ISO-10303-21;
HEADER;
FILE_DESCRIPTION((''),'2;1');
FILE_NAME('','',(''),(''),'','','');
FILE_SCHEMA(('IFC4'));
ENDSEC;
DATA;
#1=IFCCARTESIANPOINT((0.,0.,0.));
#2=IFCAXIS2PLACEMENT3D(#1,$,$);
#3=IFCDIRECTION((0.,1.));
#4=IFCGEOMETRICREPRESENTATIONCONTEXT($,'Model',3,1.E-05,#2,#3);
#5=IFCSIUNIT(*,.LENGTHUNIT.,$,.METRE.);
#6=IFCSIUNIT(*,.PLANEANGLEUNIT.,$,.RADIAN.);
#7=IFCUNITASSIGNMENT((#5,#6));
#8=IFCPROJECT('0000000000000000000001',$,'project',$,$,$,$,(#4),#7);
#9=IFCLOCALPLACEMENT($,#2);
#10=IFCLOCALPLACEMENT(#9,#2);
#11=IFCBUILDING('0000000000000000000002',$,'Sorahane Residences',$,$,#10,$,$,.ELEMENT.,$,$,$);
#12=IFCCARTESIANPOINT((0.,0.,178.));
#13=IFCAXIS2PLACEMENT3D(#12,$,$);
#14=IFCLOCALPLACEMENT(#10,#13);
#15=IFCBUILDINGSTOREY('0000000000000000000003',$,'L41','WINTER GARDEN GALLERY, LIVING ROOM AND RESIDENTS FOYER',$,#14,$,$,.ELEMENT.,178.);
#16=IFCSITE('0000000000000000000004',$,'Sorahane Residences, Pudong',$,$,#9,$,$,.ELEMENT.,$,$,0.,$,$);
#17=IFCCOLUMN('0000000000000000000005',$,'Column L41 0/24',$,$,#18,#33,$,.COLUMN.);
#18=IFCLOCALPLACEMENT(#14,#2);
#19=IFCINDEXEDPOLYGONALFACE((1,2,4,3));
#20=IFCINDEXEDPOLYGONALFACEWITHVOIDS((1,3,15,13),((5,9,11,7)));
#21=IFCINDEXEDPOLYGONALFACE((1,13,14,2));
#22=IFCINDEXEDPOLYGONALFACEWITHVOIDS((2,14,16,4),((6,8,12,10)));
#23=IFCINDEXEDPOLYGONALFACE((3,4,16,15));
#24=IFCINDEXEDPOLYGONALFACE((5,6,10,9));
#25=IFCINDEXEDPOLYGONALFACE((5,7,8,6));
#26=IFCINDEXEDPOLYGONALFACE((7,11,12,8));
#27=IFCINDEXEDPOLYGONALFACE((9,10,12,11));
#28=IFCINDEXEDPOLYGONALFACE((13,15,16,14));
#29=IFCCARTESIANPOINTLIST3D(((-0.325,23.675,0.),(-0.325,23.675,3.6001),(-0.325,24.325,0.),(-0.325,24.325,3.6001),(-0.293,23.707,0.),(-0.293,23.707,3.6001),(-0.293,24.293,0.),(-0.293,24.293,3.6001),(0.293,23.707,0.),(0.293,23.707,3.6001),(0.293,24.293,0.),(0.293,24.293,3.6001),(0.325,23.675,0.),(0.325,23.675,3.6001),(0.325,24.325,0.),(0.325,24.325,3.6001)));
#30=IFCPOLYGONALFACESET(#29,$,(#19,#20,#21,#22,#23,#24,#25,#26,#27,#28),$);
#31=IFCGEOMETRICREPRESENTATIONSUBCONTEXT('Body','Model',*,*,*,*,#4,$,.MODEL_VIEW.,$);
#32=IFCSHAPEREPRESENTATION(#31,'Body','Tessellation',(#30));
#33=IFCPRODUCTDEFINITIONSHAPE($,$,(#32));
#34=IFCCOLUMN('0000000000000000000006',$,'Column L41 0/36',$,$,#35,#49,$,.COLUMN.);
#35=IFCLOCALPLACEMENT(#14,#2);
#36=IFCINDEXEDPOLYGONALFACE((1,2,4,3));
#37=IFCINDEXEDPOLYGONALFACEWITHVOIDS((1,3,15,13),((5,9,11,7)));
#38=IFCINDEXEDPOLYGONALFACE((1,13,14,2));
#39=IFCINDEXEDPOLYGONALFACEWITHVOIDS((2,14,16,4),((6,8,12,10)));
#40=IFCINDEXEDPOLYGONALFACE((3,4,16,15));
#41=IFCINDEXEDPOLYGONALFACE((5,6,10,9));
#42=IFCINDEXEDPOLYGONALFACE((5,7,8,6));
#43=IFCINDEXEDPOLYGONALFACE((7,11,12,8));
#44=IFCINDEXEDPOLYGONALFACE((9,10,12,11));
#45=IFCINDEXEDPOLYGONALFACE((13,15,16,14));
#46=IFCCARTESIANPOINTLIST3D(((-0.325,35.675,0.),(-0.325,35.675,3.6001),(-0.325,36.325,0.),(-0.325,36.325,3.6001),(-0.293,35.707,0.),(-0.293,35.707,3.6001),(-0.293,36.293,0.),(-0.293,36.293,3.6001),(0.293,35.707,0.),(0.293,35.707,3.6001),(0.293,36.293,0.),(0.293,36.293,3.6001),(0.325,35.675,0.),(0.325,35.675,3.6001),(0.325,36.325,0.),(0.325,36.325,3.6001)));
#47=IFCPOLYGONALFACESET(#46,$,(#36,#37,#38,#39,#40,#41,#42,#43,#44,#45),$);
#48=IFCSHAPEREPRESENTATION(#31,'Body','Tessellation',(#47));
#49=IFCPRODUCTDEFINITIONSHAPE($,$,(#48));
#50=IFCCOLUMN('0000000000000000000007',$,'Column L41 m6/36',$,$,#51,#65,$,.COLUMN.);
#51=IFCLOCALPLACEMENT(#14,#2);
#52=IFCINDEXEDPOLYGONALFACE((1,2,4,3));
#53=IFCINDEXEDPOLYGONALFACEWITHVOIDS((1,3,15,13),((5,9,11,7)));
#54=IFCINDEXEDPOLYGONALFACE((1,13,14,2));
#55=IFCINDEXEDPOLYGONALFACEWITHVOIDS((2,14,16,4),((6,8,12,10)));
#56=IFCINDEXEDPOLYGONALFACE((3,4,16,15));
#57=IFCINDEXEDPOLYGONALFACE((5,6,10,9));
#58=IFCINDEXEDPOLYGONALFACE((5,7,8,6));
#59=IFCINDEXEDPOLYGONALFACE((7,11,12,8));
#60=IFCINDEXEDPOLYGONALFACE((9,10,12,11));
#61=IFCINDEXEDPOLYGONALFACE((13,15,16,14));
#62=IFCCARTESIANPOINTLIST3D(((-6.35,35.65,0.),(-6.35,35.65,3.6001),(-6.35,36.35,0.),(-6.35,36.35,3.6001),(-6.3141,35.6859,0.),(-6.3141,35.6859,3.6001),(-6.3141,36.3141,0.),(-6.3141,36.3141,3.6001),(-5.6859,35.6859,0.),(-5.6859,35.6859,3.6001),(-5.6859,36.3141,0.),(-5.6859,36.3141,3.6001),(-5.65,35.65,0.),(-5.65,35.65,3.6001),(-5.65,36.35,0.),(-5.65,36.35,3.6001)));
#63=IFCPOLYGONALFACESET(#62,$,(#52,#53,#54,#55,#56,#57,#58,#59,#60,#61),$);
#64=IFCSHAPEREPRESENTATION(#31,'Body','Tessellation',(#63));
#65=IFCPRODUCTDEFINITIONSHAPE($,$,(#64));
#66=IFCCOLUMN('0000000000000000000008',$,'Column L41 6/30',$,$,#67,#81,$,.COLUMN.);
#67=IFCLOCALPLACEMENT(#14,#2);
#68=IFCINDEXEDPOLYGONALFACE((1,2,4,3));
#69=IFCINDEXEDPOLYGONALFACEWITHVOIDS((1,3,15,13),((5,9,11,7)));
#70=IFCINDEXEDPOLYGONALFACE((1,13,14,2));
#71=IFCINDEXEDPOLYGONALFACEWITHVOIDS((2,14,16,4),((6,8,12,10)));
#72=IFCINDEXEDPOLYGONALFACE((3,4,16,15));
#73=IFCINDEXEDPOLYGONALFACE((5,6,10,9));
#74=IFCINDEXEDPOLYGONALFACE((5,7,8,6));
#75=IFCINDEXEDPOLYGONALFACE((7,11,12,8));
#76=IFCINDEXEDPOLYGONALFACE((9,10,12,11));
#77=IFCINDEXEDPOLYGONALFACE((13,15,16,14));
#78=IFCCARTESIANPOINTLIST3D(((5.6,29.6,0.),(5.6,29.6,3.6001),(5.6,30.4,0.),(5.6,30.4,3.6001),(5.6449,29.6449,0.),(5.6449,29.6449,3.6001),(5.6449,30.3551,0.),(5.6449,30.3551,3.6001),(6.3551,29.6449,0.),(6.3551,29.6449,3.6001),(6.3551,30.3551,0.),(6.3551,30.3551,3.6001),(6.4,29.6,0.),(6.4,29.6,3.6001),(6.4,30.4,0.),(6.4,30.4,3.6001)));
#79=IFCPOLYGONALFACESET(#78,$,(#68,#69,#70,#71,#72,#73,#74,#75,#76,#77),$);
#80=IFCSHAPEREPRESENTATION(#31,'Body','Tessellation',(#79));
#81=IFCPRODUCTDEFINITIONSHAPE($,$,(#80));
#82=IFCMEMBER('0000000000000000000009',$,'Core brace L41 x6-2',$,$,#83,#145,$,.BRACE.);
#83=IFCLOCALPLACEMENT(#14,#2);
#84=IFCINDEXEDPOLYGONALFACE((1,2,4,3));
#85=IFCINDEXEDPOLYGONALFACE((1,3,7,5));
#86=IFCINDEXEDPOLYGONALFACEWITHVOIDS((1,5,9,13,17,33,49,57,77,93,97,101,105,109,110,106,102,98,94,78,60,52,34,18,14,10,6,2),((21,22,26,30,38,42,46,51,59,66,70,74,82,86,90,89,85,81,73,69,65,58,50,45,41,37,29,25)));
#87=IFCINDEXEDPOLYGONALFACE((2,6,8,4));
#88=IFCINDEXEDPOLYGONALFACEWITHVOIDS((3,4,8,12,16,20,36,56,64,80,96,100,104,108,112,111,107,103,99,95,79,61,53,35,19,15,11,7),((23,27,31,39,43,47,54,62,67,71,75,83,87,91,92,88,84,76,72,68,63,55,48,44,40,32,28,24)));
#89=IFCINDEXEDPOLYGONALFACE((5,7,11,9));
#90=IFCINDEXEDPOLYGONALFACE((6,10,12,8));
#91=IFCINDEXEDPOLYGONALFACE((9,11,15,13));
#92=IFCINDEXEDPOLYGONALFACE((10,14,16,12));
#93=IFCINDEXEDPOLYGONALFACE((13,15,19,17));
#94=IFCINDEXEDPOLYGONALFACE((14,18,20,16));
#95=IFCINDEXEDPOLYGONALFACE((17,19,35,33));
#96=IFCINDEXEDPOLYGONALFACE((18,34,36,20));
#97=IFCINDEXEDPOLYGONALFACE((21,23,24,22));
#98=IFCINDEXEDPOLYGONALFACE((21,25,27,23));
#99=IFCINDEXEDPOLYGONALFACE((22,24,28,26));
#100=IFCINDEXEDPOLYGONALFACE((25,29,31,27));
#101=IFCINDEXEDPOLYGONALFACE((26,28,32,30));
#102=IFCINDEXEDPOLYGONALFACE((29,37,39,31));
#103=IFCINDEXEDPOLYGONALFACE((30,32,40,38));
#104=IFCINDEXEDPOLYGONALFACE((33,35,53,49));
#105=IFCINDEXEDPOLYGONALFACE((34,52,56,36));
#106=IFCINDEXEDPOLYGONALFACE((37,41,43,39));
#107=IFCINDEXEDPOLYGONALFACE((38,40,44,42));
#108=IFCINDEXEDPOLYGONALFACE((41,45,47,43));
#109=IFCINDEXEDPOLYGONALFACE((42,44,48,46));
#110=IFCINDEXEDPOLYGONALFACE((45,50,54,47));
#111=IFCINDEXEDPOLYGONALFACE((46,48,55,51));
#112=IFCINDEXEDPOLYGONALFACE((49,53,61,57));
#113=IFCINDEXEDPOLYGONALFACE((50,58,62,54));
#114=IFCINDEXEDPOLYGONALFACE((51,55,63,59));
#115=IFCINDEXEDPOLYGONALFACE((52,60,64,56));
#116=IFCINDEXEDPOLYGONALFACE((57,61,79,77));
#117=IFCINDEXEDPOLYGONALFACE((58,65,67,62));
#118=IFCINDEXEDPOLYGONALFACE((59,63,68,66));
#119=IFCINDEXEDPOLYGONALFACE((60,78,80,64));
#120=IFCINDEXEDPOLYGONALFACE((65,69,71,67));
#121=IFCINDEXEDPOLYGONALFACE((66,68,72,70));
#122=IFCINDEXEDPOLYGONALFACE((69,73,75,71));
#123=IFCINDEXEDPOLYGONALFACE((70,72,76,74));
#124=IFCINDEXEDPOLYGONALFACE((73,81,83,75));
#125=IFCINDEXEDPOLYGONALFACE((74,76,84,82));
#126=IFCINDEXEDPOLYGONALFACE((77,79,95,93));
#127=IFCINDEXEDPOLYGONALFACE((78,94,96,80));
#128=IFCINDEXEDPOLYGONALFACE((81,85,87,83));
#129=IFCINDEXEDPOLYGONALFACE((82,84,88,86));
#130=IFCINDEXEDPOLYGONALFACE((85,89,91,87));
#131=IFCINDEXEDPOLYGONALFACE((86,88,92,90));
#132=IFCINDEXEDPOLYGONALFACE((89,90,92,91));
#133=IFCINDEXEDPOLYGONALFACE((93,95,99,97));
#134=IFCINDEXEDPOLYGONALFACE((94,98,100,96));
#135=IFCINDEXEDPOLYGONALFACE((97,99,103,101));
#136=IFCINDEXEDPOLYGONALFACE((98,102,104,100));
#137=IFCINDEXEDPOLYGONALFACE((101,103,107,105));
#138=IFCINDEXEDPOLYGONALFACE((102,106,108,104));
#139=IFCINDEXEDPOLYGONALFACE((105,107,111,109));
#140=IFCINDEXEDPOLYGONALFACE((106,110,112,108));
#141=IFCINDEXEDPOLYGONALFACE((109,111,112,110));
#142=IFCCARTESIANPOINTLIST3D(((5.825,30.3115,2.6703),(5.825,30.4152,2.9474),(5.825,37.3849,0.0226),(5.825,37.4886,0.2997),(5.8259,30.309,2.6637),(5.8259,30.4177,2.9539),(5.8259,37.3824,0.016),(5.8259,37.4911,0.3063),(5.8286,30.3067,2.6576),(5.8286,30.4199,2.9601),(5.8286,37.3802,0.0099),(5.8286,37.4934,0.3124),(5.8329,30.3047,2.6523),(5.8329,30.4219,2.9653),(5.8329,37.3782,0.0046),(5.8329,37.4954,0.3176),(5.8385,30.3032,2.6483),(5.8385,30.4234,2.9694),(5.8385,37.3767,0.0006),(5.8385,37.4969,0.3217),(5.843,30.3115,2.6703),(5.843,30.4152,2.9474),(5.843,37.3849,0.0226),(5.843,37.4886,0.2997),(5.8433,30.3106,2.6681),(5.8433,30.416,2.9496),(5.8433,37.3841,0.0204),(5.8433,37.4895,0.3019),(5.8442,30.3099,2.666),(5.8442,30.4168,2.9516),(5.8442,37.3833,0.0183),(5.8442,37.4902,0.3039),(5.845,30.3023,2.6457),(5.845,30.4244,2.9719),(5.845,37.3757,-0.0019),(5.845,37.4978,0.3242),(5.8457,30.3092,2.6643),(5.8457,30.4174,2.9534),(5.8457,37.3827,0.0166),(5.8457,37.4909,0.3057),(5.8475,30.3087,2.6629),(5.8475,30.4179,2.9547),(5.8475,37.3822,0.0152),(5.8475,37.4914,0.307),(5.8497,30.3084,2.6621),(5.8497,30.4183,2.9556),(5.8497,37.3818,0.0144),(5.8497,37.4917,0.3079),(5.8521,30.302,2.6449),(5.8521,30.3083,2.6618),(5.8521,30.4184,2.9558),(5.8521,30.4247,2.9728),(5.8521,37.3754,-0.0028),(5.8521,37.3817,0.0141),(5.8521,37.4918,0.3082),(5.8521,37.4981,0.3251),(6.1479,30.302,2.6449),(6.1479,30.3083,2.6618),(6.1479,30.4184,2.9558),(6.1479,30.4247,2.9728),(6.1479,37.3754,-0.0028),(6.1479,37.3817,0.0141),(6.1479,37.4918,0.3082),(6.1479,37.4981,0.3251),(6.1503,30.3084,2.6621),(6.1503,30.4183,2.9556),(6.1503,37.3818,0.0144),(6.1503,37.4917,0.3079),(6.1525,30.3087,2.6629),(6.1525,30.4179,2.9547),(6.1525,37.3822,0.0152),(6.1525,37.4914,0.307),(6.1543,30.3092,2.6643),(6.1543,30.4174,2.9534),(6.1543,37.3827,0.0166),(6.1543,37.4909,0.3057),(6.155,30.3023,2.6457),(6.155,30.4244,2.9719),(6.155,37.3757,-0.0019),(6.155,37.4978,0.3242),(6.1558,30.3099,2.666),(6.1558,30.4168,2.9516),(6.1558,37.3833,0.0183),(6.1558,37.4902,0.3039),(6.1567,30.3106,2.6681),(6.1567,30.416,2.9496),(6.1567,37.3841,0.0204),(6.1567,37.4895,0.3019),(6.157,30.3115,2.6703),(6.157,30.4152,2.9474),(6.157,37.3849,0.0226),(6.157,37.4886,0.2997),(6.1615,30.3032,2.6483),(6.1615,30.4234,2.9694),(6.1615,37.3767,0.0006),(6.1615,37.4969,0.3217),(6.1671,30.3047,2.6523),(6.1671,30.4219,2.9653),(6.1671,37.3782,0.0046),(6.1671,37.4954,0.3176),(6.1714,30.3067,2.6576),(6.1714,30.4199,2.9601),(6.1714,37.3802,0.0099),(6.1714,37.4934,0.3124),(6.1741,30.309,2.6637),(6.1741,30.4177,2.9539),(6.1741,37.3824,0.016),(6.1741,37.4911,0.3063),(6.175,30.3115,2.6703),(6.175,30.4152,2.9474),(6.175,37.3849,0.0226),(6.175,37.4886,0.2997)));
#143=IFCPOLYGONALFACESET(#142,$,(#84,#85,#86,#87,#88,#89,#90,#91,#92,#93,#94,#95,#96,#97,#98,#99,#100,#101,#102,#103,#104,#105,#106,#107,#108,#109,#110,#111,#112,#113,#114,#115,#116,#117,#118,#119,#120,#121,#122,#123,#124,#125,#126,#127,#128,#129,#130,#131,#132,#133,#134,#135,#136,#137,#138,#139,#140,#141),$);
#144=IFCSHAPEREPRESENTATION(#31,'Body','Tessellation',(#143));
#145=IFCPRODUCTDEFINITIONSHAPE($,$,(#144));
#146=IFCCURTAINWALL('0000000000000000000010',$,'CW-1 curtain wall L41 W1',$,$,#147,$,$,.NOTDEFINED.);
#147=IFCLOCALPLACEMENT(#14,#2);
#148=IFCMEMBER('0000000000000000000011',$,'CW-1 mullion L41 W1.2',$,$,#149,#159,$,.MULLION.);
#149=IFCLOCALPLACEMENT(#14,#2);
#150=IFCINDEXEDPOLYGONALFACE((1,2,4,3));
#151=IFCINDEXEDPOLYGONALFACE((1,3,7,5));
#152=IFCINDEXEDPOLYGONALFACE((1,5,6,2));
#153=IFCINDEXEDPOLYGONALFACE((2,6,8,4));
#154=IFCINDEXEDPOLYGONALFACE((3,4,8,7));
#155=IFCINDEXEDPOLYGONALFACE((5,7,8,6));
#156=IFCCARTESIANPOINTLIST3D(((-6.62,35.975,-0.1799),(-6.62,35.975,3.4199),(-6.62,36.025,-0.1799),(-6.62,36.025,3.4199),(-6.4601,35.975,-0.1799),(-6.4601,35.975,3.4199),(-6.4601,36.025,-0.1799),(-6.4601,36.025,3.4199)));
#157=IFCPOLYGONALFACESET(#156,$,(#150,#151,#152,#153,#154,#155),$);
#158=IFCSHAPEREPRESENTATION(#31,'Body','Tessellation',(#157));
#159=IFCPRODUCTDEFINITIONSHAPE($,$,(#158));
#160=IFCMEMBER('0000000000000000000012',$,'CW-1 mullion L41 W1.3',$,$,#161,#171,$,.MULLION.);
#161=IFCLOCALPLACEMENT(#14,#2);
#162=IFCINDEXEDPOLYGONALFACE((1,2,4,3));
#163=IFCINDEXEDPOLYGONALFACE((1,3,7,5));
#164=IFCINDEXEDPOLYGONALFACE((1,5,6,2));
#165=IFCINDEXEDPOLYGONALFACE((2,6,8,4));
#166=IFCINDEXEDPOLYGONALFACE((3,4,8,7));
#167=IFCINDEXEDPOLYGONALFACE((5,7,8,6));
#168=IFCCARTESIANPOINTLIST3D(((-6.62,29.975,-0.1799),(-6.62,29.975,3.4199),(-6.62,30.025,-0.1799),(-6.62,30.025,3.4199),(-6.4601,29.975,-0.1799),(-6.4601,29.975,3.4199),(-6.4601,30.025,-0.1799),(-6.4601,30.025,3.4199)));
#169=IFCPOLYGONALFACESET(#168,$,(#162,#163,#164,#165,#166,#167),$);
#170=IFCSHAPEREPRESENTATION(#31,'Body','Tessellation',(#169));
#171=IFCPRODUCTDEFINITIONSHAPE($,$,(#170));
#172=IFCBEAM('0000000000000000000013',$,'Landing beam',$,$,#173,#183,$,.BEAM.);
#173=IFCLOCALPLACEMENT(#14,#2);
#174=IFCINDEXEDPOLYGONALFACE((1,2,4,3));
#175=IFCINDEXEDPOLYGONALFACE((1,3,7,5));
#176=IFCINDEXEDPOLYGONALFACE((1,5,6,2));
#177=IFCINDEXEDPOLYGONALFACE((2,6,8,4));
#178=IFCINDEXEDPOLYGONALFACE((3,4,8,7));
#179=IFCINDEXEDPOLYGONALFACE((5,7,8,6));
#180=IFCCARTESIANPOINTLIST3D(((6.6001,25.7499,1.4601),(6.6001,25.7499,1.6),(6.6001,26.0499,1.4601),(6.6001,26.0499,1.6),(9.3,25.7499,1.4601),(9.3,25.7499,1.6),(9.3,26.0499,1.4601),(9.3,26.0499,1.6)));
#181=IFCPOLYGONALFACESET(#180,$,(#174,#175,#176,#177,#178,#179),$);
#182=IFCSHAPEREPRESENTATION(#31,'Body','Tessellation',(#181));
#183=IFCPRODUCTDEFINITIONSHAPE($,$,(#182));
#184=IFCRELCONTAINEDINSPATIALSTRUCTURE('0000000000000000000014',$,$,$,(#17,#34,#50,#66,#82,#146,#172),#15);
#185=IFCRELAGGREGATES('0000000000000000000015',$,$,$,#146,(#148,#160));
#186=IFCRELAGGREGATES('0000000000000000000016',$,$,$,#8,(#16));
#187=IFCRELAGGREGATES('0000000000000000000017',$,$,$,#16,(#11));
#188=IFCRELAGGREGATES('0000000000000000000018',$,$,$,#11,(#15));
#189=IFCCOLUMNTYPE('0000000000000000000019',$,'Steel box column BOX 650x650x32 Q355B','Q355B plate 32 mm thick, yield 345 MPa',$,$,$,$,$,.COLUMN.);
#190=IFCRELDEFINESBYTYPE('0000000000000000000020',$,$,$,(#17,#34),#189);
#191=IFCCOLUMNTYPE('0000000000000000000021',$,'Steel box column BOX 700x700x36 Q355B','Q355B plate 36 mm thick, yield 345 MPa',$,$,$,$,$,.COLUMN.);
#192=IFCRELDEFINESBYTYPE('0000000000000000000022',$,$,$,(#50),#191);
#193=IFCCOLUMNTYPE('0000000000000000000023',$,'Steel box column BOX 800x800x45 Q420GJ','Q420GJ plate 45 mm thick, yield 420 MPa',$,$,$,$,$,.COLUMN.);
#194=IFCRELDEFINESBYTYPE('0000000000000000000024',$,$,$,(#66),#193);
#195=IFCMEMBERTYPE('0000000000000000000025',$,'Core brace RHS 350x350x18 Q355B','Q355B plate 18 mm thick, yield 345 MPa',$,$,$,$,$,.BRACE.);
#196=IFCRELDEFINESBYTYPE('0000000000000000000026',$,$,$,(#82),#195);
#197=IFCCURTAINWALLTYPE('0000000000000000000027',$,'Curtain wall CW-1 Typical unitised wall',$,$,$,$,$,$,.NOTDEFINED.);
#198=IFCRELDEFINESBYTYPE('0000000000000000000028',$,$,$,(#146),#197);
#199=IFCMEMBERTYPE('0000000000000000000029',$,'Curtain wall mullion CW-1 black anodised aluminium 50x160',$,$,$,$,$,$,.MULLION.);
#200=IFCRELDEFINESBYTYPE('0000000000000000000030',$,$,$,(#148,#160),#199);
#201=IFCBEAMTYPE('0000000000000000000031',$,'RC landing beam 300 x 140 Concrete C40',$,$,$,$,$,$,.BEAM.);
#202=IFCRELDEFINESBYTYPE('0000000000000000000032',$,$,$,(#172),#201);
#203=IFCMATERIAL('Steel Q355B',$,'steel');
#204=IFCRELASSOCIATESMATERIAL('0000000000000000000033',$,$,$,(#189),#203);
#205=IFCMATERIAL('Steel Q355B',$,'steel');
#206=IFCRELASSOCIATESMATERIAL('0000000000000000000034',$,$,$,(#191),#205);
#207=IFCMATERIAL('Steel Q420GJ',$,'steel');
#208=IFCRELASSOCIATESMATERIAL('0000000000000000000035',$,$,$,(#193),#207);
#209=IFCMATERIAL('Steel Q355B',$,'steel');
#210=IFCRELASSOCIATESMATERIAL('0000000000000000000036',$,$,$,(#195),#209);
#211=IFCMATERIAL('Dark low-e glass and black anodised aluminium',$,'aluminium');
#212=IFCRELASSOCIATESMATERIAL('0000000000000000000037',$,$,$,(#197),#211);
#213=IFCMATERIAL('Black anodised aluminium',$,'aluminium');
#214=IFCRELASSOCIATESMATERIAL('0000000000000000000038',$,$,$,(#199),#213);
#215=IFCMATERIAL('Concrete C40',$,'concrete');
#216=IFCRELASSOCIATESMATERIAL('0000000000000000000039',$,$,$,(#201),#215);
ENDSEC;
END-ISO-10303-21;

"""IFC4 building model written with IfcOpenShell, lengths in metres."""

from ifc_helpers import new_model, si_unit, direction, frame, origin, origin_2d, place, context, subcontext, project, spatial, rectangle, hollow_rectangle, extrude, material, material_profile, profile_set, type_object, element, aggregate, save


model = new_model("IFC4")

# Units and contexts
model_context = context("Model", 3, precision=1e-05, world=origin(), true_north=direction((0.0, 1.0)))
body_context = subcontext(model_context, "Body", "Model", "MODEL_VIEW")
ifc_project = project(units=[si_unit("LENGTHUNIT", "METRE"), si_unit("PLANEANGLEUNIT", "RADIAN")], contexts=[model_context])

# Site, building, storey
site_placement = place(None, origin())
site = spatial("IfcSite", under=ifc_project, at=site_placement, Name="Sorahane Residences, Pudong", CompositionType="ELEMENT", RefElevation=0.0)
building_placement = place(site_placement, origin())
building = spatial("IfcBuilding", under=site, at=building_placement, Name="Sorahane Residences", CompositionType="ELEMENT")
storey_placement = place(building_placement, frame((0.0, 0.0, 178.0)))
storey = spatial("IfcBuildingStorey", under=building, at=storey_placement, Name="L41", Description="WINTER GARDEN GALLERY, LIVING ROOM AND RESIDENTS FOYER", CompositionType="ELEMENT", Elevation=178.0)

# Columns
ifc_material_1 = material(Name="Steel Q355B", Category="steel")
ifc_material_profile_1 = material_profile(ifc_material_1, hollow_rectangle(XDim=0.6499, YDim=0.6499, WallThickness=0.032, at=origin_2d()), Name="BOX 650x650x32")
ifc_profile_set_1 = profile_set([ifc_material_profile_1], Name="Steel Q355B")
column_type_1 = type_object("IfcColumnType", Name="Steel box column BOX 650x650x32 Q355B", Description="Q355B plate 32 mm thick, yield 345 MPa", PredefinedType="COLUMN", material=ifc_profile_set_1)
for number, where, z_axis, x_axis, name in (
    (1, (0.0, 24.0, 0.0), (0.0, 0.0, 1.0), (1.0, 0.0, 0.0), "Column L41 0/24"),
    (2, (0.0, 36.0, 0.0), (0.0, 0.0, 1.0), (1.0, 0.0, 0.0), "Column L41 0/36"),
):
    element("IfcColumn", number, at=place(storey_placement, frame(where, z_axis=z_axis, x_axis=x_axis)), inside=storey, type_object=column_type_1, Name=name, PredefinedType="COLUMN", context=body_context, shape_type="SweptSolid", body=[
        extrude(hollow_rectangle(XDim=0.6499, YDim=0.6499, WallThickness=0.032, at=origin_2d()), origin(), (0.0, 0.0, 1.0), 3.6001),
    ])
ifc_material_2 = material(Name="Steel Q355B", Category="steel")
ifc_material_profile_2 = material_profile(ifc_material_2, hollow_rectangle(XDim=0.7, YDim=0.7, WallThickness=0.0359, at=origin_2d()), Name="BOX 700x700x36")
ifc_profile_set_2 = profile_set([ifc_material_profile_2], Name="Steel Q355B")
column_type_2 = type_object("IfcColumnType", Name="Steel box column BOX 700x700x36 Q355B", Description="Q355B plate 36 mm thick, yield 345 MPa", PredefinedType="COLUMN", material=ifc_profile_set_2)
column_1_placement = place(storey_placement, frame((-6.0, 36.0, 0.0), z_axis=(0.0, 0.0, 1.0), x_axis=(1.0, 0.0, 0.0)))
element("IfcColumn", 3, at=column_1_placement, inside=storey, type_object=column_type_2, Name="Column L41 m6/36", PredefinedType="COLUMN", context=body_context, shape_type="SweptSolid", body=[
    extrude(hollow_rectangle(XDim=0.7, YDim=0.7, WallThickness=0.0359, at=origin_2d()), origin(), (0.0, 0.0, 1.0), 3.6001),
])
ifc_material_3 = material(Name="Steel Q420GJ", Category="steel")
ifc_material_profile_3 = material_profile(ifc_material_3, hollow_rectangle(XDim=0.8, YDim=0.8, WallThickness=0.0449, at=origin_2d()), Name="BOX 800x800x45")
ifc_profile_set_3 = profile_set([ifc_material_profile_3], Name="Steel Q420GJ")
column_type_3 = type_object("IfcColumnType", Name="Steel box column BOX 800x800x45 Q420GJ", Description="Q420GJ plate 45 mm thick, yield 420 MPa", PredefinedType="COLUMN", material=ifc_profile_set_3)
column_2_placement = place(storey_placement, frame((6.0, 30.0, 0.0), z_axis=(0.0, 0.0, 1.0), x_axis=(1.0, 0.0, 0.0)))
element("IfcColumn", 4, at=column_2_placement, inside=storey, type_object=column_type_3, Name="Column L41 6/30", PredefinedType="COLUMN", context=body_context, shape_type="SweptSolid", body=[
    extrude(hollow_rectangle(XDim=0.8, YDim=0.8, WallThickness=0.0449, at=origin_2d()), origin(), (0.0, 0.0, 1.0), 3.6001),
])

# Member
ifc_material_4 = material(Name="Steel Q355B", Category="steel")
ifc_material_profile_4 = material_profile(ifc_material_4, hollow_rectangle(XDim=0.3501, YDim=0.3501, WallThickness=0.0181, InnerFilletRadius=0.009, OuterFilletRadius=0.0271, at=origin_2d()), Name="RHS 350x350x18")
ifc_profile_set_4 = profile_set([ifc_material_profile_4], Name="Steel Q355B")
member_type_1 = type_object("IfcMemberType", Name="Core brace RHS 350x350x18 Q355B", Description="Q355B plate 18 mm thick, yield 345 MPa", PredefinedType="BRACE", material=ifc_profile_set_4)
member_1_placement = place(storey_placement, frame((6.0, 37.4368, 0.1611), z_axis=(0.0, -0.93654, 0.35056), x_axis=(1.0, 0.0, 0.0)))
element("IfcMember", 5, at=member_1_placement, inside=storey, type_object=member_type_1, Name="Core brace L41 x6-2", PredefinedType="BRACE", context=body_context, shape_type="SweptSolid", body=[
    extrude(hollow_rectangle(XDim=0.3501, YDim=0.3501, WallThickness=0.0181, InnerFilletRadius=0.009, OuterFilletRadius=0.0271, at=origin_2d()), origin(), (0.0, 0.0, 1.0), 7.5527),
])

# Curtain wall, members
ifc_material_5 = material(Name="Dark low-e glass and black anodised aluminium", Category="aluminium")
curtain_wall_type = type_object("IfcCurtainWallType", Name="Curtain wall CW-1 Typical unitised wall", PredefinedType="NOTDEFINED", material=ifc_material_5)
curtain_wall_placement = place(storey_placement, origin())
curtain_wall = element("IfcCurtainWall", 6, at=curtain_wall_placement, inside=storey, type_object=curtain_wall_type, Name="CW-1 curtain wall L41 W1", PredefinedType="NOTDEFINED")
ifc_material_6 = material(Name="Black anodised aluminium", Category="aluminium")
ifc_material_profile_5 = material_profile(ifc_material_6, rectangle(XDim=0.1599, YDim=0.05, at=origin_2d()), Name="Curtain wall mullion CW-1 black anodised aluminium 50x160")
ifc_profile_set_5 = profile_set([ifc_material_profile_5], Name="Black anodised aluminium")
member_type_2 = type_object("IfcMemberType", Name="Curtain wall mullion CW-1 black anodised aluminium 50x160", PredefinedType="MULLION", material=ifc_profile_set_5)
member_2_placement = place(storey_placement, frame((-6.54, 36.0, -0.1799), z_axis=(0.0, 0.0, 1.0), x_axis=(-1.0, 0.0, 0.0)))
member_2 = element("IfcMember", 7, at=member_2_placement, type_object=member_type_2, Name="CW-1 mullion L41 W1.2", PredefinedType="MULLION", context=body_context, shape_type="SweptSolid", body=[
    extrude(rectangle(XDim=0.1599, YDim=0.05, at=origin_2d()), origin(), (0.0, 0.0, 1.0), 3.5999),
])
member_3_placement = place(storey_placement, frame((-6.54, 30.0, -0.1799), z_axis=(0.0, 0.0, 1.0), x_axis=(-1.0, 0.0, 0.0)))
member_3 = element("IfcMember", 8, at=member_3_placement, type_object=member_type_2, Name="CW-1 mullion L41 W1.3", PredefinedType="MULLION", context=body_context, shape_type="SweptSolid", body=[
    extrude(rectangle(XDim=0.1599, YDim=0.05, at=origin_2d()), origin(), (0.0, 0.0, 1.0), 3.5999),
])

# Beam
ifc_material_7 = material(Name="Concrete C40", Category="concrete")
ifc_material_profile_6 = material_profile(ifc_material_7, rectangle(XDim=0.3, YDim=0.1399, at=origin_2d()), Name="300x140")
ifc_profile_set_6 = profile_set([ifc_material_profile_6], Name="Concrete C40")
beam_type_1 = type_object("IfcBeamType", Name="RC landing beam 300 x 140 Concrete C40", PredefinedType="BEAM", material=ifc_profile_set_6)
for number, where, z_axis, x_axis, name in (
    (9, (6.6001, 25.8999, 1.53), (1.0, 0.0, 0.0), (0.0, 1.0, 0.0), "Landing beam"),
):
    element("IfcBeam", number, at=place(storey_placement, frame(where, z_axis=z_axis, x_axis=x_axis)), inside=storey, type_object=beam_type_1, Name=name, PredefinedType="BEAM", context=body_context, shape_type="SweptSolid", body=[
        extrude(rectangle(XDim=0.3, YDim=0.1399, at=origin_2d()), origin(), (0.0, 0.0, 1.0), 2.7),
    ])

aggregate(curtain_wall, [member_2, member_3])

save(model, "model.ifc")
